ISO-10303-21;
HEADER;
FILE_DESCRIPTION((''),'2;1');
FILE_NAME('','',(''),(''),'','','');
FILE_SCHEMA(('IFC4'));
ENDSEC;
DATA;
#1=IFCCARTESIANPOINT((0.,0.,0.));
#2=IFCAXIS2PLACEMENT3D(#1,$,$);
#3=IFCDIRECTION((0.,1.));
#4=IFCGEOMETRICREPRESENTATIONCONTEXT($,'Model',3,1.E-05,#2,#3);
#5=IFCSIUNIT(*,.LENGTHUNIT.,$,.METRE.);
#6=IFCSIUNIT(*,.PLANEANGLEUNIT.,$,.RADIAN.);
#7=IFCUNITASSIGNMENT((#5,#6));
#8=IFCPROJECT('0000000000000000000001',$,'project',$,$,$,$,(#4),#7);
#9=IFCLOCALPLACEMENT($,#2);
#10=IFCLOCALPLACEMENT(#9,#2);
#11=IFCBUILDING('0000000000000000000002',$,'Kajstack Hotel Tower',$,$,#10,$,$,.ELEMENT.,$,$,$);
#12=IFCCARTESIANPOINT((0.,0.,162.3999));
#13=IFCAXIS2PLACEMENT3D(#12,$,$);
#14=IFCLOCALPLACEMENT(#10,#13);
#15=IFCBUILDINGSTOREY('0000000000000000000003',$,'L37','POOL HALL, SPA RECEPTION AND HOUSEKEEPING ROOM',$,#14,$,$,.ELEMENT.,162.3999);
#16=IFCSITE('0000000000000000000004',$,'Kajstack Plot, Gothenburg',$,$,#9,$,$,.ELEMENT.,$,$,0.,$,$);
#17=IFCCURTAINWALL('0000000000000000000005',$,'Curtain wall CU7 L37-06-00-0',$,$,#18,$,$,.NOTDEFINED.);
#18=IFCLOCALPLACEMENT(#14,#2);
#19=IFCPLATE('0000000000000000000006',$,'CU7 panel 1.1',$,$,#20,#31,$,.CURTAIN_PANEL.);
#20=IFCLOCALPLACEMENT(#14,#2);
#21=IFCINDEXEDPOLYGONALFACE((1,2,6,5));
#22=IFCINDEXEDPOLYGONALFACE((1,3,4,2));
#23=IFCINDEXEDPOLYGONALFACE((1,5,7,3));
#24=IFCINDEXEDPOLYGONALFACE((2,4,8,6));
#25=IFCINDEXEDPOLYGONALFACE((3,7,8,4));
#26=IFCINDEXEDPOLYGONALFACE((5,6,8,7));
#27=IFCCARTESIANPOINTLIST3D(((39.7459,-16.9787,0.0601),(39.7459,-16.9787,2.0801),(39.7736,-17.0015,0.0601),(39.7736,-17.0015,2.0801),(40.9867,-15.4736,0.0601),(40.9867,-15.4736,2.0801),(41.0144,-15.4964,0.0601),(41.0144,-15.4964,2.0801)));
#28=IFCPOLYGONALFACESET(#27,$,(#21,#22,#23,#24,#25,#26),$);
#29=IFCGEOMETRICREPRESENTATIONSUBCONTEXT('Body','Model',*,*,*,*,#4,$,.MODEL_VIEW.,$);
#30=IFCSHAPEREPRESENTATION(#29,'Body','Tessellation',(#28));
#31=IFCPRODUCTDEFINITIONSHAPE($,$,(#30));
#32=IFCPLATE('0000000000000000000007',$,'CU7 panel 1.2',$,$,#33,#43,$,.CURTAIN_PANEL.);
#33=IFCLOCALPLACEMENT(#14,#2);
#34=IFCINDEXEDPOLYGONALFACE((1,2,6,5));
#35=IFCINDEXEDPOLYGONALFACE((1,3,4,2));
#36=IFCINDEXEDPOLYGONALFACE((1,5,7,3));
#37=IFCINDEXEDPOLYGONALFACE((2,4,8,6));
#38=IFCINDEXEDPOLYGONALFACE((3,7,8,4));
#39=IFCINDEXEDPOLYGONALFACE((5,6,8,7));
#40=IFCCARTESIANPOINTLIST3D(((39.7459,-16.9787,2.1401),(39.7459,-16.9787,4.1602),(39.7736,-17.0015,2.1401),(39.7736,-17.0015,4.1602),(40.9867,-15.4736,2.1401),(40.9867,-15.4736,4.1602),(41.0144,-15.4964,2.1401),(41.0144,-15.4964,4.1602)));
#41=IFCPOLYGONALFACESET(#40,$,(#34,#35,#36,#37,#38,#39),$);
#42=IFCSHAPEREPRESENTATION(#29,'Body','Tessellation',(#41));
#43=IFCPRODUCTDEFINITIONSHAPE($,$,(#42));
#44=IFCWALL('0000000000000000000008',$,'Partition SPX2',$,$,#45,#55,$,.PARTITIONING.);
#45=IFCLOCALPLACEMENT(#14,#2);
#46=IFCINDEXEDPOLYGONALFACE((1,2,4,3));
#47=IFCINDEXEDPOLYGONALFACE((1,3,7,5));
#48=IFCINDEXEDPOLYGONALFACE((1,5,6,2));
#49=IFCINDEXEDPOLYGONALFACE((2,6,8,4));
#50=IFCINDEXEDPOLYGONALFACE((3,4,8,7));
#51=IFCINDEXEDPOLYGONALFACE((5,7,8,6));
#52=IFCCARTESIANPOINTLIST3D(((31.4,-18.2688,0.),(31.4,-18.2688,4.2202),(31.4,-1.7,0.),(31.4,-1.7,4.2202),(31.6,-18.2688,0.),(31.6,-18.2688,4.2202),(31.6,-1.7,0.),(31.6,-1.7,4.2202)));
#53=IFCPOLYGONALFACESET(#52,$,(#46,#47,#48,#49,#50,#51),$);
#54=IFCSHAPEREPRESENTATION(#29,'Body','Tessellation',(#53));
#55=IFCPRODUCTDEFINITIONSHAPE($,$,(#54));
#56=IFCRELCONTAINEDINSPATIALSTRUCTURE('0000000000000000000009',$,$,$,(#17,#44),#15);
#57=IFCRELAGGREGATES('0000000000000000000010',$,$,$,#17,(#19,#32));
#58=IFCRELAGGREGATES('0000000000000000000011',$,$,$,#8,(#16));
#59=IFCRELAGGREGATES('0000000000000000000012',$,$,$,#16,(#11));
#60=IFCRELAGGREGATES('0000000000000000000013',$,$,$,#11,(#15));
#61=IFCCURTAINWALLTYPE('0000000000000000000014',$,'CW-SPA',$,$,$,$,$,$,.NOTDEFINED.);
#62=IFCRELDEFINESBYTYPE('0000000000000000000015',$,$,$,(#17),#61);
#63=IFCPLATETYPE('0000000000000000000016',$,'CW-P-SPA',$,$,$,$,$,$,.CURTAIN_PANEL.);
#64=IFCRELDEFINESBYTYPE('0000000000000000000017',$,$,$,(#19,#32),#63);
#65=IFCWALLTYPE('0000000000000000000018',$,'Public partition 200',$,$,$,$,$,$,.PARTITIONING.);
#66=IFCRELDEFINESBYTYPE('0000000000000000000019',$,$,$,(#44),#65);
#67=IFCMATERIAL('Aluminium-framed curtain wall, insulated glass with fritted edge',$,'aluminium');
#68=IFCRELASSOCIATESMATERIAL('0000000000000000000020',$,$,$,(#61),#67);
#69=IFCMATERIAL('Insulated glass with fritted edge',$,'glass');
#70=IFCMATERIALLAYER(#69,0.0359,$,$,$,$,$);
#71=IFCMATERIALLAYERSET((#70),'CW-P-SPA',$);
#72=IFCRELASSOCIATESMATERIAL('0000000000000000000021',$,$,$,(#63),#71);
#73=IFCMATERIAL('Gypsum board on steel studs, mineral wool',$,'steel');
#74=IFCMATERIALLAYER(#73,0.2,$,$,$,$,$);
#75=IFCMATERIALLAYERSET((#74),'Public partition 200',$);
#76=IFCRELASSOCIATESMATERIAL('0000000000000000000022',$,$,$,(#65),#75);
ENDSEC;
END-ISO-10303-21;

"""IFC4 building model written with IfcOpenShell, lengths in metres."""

from ifc_helpers import new_model, si_unit, direction, frame, frame_2d, origin, origin_2d, place, context, subcontext, project, spatial, rectangle, extrude, material, layer, layer_set, type_object, element, aggregate, save


model = new_model("IFC4")

# Units and contexts
model_context = context("Model", 3, precision=1e-05, world=origin(), true_north=direction((0.0, 1.0)))
body_context = subcontext(model_context, "Body", "Model", "MODEL_VIEW")
ifc_project = project(units=[si_unit("LENGTHUNIT", "METRE"), si_unit("PLANEANGLEUNIT", "RADIAN")], contexts=[model_context])

# Site, building, storey
site_placement = place(None, origin())
site = spatial("IfcSite", under=ifc_project, at=site_placement, Name="Kajstack Plot, Gothenburg", CompositionType="ELEMENT", RefElevation=0.0)
building_placement = place(site_placement, origin())
building = spatial("IfcBuilding", under=site, at=building_placement, Name="Kajstack Hotel Tower", CompositionType="ELEMENT")
storey_placement = place(building_placement, frame((0.0, 0.0, 162.3999)))
storey = spatial("IfcBuildingStorey", under=building, at=storey_placement, Name="L37", Description="POOL HALL, SPA RECEPTION AND HOUSEKEEPING ROOM", CompositionType="ELEMENT", Elevation=162.3999)

# Curtain wall
ifc_material_1 = material(Name="Aluminium-framed curtain wall, insulated glass with fritted edge", Category="aluminium")
curtain_wall_type = type_object("IfcCurtainWallType", Name="CW-SPA", PredefinedType="NOTDEFINED", material=ifc_material_1)
curtain_wall_1_placement = place(storey_placement, origin())
curtain_wall_1 = element("IfcCurtainWall", 1, at=curtain_wall_1_placement, inside=storey, type_object=curtain_wall_type, Name="Curtain wall CU7 L37-06-00-0", PredefinedType="NOTDEFINED")

# Plates
ifc_material_2 = material(Name="Insulated glass with fritted edge", Category="glass")
ifc_layer_1 = layer(ifc_material_2, 0.0359)
ifc_layer_set_1 = layer_set([ifc_layer_1], Name="CW-P-SPA")
plate_type = type_object("IfcPlateType", Name="CW-P-SPA", PredefinedType="CURTAIN_PANEL", material=ifc_layer_set_1)
plate_1_placement = place(storey_placement, frame((40.3801, -16.2375, 0.0601), z_axis=(0.0, 0.0, 1.0), x_axis=(0.636095, 0.771611, 0.0)))
plate_1 = element("IfcPlate", 2, at=plate_1_placement, type_object=plate_type, Name="CU7 panel 1.1", PredefinedType="CURTAIN_PANEL", context=body_context, shape_type="SweptSolid", body=[
    extrude(rectangle(XDim=1.9507, YDim=0.0359, at=origin_2d()), origin(), (0.0, 0.0, 1.0), 2.02),
])
plate_2_placement = place(storey_placement, frame((40.3801, -16.2375, 2.1401), z_axis=(0.0, 0.0, 1.0), x_axis=(0.636095, 0.771611, 0.0)))
plate_2 = element("IfcPlate", 3, at=plate_2_placement, type_object=plate_type, Name="CU7 panel 1.2", PredefinedType="CURTAIN_PANEL", context=body_context, shape_type="SweptSolid", body=[
    extrude(rectangle(XDim=1.9507, YDim=0.0359, at=origin_2d()), origin(), (0.0, 0.0, 1.0), 2.02),
])
aggregate(curtain_wall_1, [plate_1, plate_2])

# Wall
ifc_material_3 = material(Name="Gypsum board on steel studs, mineral wool", Category="steel")
ifc_layer_2 = layer(ifc_material_3, 0.2)
ifc_layer_set_2 = layer_set([ifc_layer_2], Name="Public partition 200")
wall_type = type_object("IfcWallType", Name="Public partition 200", PredefinedType="PARTITIONING", material=ifc_layer_set_2)
wall_placement = place(storey_placement, frame((31.5, -18.2688, 0.0), z_axis=(0.0, 0.0, 1.0), x_axis=(0.0, 1.0, 0.0)))
element("IfcWall", 4, at=wall_placement, inside=storey, type_object=wall_type, Name="Partition SPX2", PredefinedType="PARTITIONING", context=body_context, shape_type="SweptSolid", body=[
    extrude(rectangle(XDim=16.5688, YDim=0.2, at=frame_2d((8.2844, 0.0))), origin(), (0.0, 0.0, 1.0), 4.2202),
])

save(model, "model.ifc")
